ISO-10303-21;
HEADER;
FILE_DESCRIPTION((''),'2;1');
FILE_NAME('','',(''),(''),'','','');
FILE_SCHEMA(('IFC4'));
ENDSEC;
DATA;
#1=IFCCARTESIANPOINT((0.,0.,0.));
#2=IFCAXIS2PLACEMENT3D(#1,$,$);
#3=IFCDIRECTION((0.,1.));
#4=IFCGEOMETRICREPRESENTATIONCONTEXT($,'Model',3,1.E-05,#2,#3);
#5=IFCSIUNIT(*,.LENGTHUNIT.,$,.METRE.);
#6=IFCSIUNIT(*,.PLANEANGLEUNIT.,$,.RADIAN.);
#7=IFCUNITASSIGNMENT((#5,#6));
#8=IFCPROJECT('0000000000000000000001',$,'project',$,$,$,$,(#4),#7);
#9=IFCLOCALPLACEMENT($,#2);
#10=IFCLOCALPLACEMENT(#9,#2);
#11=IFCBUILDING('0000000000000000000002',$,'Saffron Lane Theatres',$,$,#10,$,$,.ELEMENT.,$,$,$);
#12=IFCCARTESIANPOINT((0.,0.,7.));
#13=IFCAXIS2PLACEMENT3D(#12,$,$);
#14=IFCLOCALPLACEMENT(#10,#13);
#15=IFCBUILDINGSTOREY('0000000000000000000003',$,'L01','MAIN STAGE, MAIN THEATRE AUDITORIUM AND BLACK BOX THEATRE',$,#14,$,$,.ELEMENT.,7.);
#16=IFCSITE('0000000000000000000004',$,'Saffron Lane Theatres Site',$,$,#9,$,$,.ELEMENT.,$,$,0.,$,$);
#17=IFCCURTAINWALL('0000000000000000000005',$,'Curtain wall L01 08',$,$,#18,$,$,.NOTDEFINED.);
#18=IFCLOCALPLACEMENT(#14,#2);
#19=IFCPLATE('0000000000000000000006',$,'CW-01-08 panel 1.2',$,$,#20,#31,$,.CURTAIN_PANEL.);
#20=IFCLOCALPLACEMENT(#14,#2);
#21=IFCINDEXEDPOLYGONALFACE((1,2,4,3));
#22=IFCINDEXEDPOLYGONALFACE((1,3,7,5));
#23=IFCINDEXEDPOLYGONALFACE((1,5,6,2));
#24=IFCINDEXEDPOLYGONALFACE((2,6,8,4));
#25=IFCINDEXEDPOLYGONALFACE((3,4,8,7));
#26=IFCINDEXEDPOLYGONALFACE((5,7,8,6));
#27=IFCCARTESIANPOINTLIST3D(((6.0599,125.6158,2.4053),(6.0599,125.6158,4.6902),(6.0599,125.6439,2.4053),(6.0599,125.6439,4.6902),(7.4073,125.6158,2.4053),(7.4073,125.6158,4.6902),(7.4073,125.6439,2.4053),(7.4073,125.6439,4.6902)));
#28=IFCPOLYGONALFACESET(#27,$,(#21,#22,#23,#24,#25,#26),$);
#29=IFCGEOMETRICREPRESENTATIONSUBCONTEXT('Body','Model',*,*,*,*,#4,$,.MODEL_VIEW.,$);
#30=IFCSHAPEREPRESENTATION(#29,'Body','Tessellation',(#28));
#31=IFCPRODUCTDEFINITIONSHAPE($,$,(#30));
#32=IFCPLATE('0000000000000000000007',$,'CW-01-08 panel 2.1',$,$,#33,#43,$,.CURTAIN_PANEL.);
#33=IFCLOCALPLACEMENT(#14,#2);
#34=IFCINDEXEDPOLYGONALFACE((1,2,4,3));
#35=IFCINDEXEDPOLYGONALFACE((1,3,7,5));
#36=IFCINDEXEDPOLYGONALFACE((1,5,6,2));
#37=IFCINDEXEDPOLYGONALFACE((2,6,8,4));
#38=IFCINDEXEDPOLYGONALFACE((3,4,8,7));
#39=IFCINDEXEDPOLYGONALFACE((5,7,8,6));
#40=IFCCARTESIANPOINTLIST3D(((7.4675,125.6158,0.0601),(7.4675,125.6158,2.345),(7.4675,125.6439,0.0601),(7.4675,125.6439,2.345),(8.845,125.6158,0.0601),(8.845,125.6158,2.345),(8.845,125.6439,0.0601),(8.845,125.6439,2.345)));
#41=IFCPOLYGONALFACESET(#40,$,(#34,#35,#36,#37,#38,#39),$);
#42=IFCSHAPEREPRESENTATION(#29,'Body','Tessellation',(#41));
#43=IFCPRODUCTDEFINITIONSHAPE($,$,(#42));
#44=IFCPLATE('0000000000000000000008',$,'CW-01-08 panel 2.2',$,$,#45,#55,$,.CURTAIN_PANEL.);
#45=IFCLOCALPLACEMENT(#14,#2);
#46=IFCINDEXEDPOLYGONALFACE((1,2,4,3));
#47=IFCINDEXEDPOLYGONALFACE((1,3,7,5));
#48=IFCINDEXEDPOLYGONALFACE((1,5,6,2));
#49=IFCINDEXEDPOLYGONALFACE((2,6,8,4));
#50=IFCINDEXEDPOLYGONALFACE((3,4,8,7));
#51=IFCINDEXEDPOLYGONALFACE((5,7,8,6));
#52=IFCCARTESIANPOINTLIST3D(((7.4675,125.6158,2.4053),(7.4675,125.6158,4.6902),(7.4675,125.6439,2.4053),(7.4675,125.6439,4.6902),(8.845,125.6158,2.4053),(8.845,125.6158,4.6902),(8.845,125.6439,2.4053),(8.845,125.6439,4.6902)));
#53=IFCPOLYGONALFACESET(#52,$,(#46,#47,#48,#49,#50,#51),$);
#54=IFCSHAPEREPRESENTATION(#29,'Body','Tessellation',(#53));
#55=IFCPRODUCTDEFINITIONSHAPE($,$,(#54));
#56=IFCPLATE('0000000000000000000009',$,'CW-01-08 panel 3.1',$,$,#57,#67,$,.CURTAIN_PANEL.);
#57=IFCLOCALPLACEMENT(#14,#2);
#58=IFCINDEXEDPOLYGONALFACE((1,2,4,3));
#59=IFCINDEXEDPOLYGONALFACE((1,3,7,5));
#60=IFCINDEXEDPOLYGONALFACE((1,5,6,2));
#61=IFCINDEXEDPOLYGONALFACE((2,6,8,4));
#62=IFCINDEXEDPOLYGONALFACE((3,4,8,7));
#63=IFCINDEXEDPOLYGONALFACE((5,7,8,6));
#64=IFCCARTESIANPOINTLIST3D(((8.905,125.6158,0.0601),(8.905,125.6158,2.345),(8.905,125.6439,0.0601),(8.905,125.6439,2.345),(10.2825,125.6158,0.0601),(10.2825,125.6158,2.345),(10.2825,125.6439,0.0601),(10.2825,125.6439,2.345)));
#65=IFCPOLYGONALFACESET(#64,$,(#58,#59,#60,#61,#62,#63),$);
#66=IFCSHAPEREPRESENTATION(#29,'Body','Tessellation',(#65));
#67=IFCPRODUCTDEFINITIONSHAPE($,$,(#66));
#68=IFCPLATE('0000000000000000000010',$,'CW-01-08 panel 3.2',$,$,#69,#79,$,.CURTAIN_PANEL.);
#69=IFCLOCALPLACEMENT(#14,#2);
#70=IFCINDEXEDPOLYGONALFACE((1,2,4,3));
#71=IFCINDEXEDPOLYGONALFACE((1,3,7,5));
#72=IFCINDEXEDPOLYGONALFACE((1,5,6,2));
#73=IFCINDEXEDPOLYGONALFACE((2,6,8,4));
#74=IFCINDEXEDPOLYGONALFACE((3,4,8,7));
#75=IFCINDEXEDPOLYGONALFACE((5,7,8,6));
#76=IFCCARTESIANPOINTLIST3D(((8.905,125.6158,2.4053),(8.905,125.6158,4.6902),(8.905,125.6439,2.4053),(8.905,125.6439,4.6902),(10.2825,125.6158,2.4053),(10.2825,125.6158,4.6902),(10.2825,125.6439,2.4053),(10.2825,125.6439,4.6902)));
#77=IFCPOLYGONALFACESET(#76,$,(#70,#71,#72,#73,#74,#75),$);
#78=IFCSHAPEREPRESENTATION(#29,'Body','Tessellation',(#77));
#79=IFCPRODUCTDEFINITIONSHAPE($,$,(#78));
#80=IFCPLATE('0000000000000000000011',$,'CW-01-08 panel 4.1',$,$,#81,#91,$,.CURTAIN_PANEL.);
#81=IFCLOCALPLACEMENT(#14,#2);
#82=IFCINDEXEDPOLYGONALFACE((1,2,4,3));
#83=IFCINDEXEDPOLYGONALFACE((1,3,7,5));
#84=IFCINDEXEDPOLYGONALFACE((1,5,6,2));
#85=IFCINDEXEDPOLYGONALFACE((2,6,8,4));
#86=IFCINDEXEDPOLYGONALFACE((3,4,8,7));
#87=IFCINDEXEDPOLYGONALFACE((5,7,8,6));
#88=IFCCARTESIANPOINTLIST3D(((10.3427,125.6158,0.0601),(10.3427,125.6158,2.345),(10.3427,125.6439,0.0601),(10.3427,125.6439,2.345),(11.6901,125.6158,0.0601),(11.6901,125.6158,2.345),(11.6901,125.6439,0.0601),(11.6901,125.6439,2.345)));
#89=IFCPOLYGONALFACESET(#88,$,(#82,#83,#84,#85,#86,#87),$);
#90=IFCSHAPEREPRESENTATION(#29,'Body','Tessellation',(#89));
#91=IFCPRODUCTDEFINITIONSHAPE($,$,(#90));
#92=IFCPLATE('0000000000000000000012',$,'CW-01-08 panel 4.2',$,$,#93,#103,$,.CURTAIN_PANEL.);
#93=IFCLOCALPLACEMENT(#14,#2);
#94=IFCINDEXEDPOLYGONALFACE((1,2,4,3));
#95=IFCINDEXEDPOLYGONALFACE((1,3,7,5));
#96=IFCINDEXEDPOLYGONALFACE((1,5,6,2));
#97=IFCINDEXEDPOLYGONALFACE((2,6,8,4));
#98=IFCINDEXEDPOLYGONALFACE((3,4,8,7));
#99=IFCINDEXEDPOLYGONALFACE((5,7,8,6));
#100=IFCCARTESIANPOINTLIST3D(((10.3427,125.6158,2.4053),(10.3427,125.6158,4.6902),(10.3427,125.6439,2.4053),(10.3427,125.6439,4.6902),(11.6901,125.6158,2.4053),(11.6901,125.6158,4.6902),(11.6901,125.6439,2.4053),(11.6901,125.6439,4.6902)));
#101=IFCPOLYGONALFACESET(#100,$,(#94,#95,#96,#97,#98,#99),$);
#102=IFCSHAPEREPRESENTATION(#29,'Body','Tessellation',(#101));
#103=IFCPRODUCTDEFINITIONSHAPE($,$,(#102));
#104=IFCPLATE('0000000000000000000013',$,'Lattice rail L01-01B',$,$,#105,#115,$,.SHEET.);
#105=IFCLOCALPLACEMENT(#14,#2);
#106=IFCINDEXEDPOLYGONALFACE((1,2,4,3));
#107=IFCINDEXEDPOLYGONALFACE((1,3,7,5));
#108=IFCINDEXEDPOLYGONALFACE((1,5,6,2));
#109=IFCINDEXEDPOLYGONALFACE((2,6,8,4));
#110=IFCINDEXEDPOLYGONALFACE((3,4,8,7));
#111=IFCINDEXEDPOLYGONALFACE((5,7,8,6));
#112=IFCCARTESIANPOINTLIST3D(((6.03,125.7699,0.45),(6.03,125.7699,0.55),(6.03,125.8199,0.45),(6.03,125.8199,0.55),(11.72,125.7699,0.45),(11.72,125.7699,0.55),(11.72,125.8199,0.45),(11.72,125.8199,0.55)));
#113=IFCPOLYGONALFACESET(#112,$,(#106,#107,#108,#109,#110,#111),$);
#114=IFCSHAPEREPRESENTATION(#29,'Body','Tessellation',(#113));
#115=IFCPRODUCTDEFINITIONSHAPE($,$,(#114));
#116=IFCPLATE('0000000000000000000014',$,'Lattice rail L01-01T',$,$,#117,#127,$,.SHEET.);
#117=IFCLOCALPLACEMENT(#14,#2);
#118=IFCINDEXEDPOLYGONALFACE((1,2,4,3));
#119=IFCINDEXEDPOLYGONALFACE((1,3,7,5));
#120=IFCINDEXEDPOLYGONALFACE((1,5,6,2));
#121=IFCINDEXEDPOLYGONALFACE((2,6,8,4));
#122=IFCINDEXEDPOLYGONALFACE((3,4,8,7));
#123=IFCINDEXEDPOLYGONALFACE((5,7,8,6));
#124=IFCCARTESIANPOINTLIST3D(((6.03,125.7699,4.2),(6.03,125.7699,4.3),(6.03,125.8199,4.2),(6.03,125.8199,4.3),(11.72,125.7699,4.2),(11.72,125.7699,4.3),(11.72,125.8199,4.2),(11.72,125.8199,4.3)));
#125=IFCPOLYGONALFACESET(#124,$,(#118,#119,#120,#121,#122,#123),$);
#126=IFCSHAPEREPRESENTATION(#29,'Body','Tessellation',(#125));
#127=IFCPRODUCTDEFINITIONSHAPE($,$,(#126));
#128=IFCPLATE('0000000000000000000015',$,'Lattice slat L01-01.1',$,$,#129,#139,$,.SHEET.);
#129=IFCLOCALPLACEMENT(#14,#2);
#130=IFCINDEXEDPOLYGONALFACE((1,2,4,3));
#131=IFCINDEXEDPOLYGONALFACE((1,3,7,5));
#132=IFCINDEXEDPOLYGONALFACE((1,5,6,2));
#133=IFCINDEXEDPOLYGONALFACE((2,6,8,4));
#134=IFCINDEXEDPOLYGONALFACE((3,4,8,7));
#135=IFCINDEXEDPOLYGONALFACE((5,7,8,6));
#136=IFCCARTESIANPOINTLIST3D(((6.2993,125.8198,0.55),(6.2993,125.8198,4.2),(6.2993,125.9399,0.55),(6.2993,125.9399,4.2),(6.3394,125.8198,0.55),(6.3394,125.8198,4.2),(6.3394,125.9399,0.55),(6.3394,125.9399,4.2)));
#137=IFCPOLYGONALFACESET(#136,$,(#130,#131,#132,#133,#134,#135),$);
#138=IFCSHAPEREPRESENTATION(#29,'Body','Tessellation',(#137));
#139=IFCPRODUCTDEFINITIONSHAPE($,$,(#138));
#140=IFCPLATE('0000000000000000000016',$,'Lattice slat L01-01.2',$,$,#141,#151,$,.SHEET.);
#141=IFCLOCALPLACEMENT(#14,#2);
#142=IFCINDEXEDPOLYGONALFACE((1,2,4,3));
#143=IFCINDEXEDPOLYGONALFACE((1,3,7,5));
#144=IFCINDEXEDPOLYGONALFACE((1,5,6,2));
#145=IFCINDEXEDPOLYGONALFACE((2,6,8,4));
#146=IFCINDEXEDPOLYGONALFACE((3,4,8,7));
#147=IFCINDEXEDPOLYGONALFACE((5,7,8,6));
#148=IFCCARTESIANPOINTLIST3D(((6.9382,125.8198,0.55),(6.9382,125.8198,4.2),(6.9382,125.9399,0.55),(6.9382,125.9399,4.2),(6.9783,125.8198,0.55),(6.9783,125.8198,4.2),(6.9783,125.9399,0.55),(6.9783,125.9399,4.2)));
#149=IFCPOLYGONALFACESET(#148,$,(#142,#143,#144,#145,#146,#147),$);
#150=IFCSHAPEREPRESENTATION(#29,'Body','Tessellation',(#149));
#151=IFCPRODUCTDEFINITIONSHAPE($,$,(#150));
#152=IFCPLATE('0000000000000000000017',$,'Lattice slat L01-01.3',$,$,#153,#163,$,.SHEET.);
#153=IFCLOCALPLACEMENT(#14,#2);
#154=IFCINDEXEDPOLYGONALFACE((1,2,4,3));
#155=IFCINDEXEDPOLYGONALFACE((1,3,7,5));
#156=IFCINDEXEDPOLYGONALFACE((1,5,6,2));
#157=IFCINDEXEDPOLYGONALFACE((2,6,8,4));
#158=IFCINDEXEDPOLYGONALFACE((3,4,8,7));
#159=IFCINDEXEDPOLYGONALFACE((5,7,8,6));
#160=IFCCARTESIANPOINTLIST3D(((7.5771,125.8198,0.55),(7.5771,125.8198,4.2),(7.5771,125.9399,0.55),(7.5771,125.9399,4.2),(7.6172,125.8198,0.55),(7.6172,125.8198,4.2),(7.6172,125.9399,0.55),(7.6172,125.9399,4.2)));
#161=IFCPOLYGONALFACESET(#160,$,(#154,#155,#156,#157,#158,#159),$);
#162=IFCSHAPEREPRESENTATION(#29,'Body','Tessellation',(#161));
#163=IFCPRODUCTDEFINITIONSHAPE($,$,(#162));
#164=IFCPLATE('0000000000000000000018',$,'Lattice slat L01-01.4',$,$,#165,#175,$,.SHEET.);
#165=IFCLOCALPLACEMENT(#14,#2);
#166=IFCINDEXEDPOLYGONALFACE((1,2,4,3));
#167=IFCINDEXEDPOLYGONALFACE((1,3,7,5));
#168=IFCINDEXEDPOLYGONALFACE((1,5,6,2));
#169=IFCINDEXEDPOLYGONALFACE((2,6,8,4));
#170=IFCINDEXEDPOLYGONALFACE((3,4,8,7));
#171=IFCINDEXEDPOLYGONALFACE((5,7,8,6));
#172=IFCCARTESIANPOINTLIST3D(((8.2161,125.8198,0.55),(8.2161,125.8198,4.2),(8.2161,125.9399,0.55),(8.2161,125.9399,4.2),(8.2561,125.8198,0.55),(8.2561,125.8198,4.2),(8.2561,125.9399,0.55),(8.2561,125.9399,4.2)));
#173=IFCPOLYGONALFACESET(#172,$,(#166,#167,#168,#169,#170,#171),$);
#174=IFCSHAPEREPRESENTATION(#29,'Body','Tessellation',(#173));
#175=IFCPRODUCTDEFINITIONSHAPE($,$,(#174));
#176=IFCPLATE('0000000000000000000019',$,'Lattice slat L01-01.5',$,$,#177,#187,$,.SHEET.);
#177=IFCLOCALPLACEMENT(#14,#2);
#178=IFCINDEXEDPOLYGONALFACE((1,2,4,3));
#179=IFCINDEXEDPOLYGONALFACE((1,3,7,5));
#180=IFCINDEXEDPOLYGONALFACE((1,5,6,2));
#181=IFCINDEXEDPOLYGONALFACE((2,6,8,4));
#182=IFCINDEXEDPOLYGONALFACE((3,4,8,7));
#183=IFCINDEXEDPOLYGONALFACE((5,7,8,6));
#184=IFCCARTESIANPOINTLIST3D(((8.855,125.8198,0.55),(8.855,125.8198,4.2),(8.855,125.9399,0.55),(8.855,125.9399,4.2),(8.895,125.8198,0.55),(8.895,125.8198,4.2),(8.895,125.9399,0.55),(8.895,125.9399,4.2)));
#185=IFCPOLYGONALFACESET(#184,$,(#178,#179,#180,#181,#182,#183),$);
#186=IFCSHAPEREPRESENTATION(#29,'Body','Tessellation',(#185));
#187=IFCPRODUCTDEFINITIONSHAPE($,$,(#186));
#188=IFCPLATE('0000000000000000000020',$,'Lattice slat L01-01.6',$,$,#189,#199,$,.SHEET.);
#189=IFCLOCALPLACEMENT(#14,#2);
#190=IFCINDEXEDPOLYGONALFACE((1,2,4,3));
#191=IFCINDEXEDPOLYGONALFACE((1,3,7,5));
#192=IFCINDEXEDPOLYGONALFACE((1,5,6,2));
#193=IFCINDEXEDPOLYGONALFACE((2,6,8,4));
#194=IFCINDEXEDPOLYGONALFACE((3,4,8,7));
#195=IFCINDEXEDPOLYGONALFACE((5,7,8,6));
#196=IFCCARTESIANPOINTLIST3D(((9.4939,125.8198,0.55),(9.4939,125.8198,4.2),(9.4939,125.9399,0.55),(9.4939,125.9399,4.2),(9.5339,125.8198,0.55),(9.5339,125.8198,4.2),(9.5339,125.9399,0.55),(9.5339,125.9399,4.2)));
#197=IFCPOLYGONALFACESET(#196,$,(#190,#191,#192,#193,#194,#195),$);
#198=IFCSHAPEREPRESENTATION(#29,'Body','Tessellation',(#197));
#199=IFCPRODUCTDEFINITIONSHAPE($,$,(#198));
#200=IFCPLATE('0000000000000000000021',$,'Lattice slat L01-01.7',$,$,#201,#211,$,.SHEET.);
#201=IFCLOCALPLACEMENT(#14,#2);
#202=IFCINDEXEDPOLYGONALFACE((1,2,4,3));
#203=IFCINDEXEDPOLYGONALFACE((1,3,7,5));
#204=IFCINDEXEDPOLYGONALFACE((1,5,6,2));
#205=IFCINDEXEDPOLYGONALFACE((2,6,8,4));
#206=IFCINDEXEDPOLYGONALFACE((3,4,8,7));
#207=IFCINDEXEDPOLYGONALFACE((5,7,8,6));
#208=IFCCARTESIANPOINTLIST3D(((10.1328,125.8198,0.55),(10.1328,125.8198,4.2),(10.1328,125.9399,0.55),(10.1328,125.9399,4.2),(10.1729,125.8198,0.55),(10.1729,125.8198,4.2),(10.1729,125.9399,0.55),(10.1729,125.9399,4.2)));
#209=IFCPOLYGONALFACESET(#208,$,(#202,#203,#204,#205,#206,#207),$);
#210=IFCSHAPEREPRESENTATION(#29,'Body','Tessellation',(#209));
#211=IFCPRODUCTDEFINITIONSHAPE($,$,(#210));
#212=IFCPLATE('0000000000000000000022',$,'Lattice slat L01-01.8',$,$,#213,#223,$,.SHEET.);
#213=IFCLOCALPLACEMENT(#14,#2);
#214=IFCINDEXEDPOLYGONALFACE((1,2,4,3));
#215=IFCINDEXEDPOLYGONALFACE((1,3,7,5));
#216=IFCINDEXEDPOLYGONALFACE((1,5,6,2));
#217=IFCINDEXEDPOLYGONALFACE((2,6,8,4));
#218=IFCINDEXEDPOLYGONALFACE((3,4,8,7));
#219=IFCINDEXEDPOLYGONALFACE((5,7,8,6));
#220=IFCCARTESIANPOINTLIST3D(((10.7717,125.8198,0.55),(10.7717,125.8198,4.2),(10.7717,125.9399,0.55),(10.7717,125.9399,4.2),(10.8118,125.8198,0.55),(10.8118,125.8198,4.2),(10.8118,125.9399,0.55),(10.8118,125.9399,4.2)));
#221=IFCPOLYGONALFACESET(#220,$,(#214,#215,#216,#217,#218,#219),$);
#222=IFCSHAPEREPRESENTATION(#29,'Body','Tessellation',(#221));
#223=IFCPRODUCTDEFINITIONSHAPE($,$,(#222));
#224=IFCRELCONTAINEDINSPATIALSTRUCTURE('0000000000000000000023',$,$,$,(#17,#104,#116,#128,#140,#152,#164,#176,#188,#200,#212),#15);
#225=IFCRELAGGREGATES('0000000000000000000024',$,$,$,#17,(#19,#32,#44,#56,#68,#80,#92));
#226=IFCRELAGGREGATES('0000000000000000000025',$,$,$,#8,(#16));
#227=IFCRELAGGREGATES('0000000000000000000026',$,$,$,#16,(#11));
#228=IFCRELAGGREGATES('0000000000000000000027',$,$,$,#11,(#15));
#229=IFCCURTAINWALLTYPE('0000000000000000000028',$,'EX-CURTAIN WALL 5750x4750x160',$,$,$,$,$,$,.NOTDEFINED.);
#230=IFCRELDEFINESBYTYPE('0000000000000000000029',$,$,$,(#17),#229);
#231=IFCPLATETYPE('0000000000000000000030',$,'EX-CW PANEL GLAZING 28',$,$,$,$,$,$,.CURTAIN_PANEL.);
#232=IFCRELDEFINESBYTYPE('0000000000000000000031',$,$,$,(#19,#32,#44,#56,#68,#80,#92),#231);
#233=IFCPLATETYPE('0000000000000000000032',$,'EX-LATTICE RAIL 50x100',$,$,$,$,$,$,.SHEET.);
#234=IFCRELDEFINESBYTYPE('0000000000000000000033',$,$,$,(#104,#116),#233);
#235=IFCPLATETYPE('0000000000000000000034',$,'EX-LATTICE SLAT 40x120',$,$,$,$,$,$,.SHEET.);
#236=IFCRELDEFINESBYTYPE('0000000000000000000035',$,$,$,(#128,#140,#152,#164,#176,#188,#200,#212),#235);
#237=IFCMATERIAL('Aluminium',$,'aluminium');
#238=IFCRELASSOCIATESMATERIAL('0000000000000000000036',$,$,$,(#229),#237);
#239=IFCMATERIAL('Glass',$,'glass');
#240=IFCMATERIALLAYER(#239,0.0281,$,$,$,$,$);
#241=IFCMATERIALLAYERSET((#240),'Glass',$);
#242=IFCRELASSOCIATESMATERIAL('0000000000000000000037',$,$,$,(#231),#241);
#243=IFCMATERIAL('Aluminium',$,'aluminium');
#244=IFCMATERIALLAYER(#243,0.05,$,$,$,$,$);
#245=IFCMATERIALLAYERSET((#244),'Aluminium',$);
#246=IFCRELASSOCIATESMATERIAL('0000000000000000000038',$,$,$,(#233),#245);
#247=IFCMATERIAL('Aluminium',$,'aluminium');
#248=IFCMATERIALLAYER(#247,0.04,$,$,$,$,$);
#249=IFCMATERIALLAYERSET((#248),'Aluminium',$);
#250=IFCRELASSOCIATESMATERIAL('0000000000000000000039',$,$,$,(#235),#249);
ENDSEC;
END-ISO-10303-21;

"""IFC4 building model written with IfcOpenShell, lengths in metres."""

from ifc_helpers import new_model, si_unit, direction, frame, origin, origin_2d, place, context, subcontext, project, spatial, rectangle, extrude, material, layer, layer_set, type_object, element, aggregate, save


model = new_model("IFC4")

# Units and contexts
model_context = context("Model", 3, precision=1e-05, world=origin(), true_north=direction((0.0, 1.0)))
body_context = subcontext(model_context, "Body", "Model", "MODEL_VIEW")
ifc_project = project(units=[si_unit("LENGTHUNIT", "METRE"), si_unit("PLANEANGLEUNIT", "RADIAN")], contexts=[model_context])

# Site, building, storey
site_placement = place(None, origin())
site = spatial("IfcSite", under=ifc_project, at=site_placement, Name="Saffron Lane Theatres Site", CompositionType="ELEMENT", RefElevation=0.0)
building_placement = place(site_placement, origin())
building = spatial("IfcBuilding", under=site, at=building_placement, Name="Saffron Lane Theatres", CompositionType="ELEMENT")
storey_placement = place(building_placement, frame((0.0, 0.0, 7.0)))
storey = spatial("IfcBuildingStorey", under=building, at=storey_placement, Name="L01", Description="MAIN STAGE, MAIN THEATRE AUDITORIUM AND BLACK BOX THEATRE", CompositionType="ELEMENT", Elevation=7.0)

# Curtain wall, plates
ifc_material_1 = material(Name="Aluminium", Category="aluminium")
curtain_wall_type = type_object("IfcCurtainWallType", Name="EX-CURTAIN WALL 5750x4750x160", PredefinedType="NOTDEFINED", material=ifc_material_1)
curtain_wall_placement = place(storey_placement, origin())
curtain_wall = element("IfcCurtainWall", 1, at=curtain_wall_placement, inside=storey, type_object=curtain_wall_type, Name="Curtain wall L01 08", PredefinedType="NOTDEFINED")
ifc_material_2 = material(Name="Glass", Category="glass")
ifc_layer_1 = layer(ifc_material_2, 0.0281)
ifc_layer_set_1 = layer_set([ifc_layer_1], Name="Glass")
plate_type_1 = type_object("IfcPlateType", Name="EX-CW PANEL GLAZING 28", PredefinedType="CURTAIN_PANEL", material=ifc_layer_set_1)
plate_1_placement = place(storey_placement, frame((6.7336, 125.6299, 2.4053), z_axis=(0.0, 0.0, 1.0), x_axis=(1.0, 0.0, 0.0)))
plate_1 = element("IfcPlate", 2, at=plate_1_placement, type_object=plate_type_1, Name="CW-01-08 panel 1.2", PredefinedType="CURTAIN_PANEL", context=body_context, shape_type="SweptSolid", body=[
    extrude(rectangle(XDim=1.3474, YDim=0.0281, at=origin_2d()), origin(), (0.0, 0.0, 1.0), 2.2849),
])
plate_2_placement = place(storey_placement, frame((8.1562, 125.6299, 0.0601), z_axis=(0.0, 0.0, 1.0), x_axis=(1.0, 0.0, 0.0)))
plate_2 = element("IfcPlate", 3, at=plate_2_placement, type_object=plate_type_1, Name="CW-01-08 panel 2.1", PredefinedType="CURTAIN_PANEL", context=body_context, shape_type="SweptSolid", body=[
    extrude(rectangle(XDim=1.3774, YDim=0.0281, at=origin_2d()), origin(), (0.0, 0.0, 1.0), 2.2849),
])
plate_3_placement = place(storey_placement, frame((8.1562, 125.6299, 2.4053), z_axis=(0.0, 0.0, 1.0), x_axis=(1.0, 0.0, 0.0)))
plate_3 = element("IfcPlate", 4, at=plate_3_placement, type_object=plate_type_1, Name="CW-01-08 panel 2.2", PredefinedType="CURTAIN_PANEL", context=body_context, shape_type="SweptSolid", body=[
    extrude(rectangle(XDim=1.3774, YDim=0.0281, at=origin_2d()), origin(), (0.0, 0.0, 1.0), 2.2849),
])
plate_4_placement = place(storey_placement, frame((9.5938, 125.6299, 0.0601), z_axis=(0.0, 0.0, 1.0), x_axis=(1.0, 0.0, 0.0)))
plate_4 = element("IfcPlate", 5, at=plate_4_placement, type_object=plate_type_1, Name="CW-01-08 panel 3.1", PredefinedType="CURTAIN_PANEL", context=body_context, shape_type="SweptSolid", body=[
    extrude(rectangle(XDim=1.3774, YDim=0.0281, at=origin_2d()), origin(), (0.0, 0.0, 1.0), 2.2849),
])
plate_5_placement = place(storey_placement, frame((9.5938, 125.6299, 2.4053), z_axis=(0.0, 0.0, 1.0), x_axis=(1.0, 0.0, 0.0)))
plate_5 = element("IfcPlate", 6, at=plate_5_placement, type_object=plate_type_1, Name="CW-01-08 panel 3.2", PredefinedType="CURTAIN_PANEL", context=body_context, shape_type="SweptSolid", body=[
    extrude(rectangle(XDim=1.3774, YDim=0.0281, at=origin_2d()), origin(), (0.0, 0.0, 1.0), 2.2849),
])
plate_6_placement = place(storey_placement, frame((11.0164, 125.6299, 0.0601), z_axis=(0.0, 0.0, 1.0), x_axis=(1.0, 0.0, 0.0)))
plate_6 = element("IfcPlate", 7, at=plate_6_placement, type_object=plate_type_1, Name="CW-01-08 panel 4.1", PredefinedType="CURTAIN_PANEL", context=body_context, shape_type="SweptSolid", body=[
    extrude(rectangle(XDim=1.3474, YDim=0.0281, at=origin_2d()), origin(), (0.0, 0.0, 1.0), 2.2849),
])
plate_7_placement = place(storey_placement, frame((11.0164, 125.6299, 2.4053), z_axis=(0.0, 0.0, 1.0), x_axis=(1.0, 0.0, 0.0)))
plate_7 = element("IfcPlate", 8, at=plate_7_placement, type_object=plate_type_1, Name="CW-01-08 panel 4.2", PredefinedType="CURTAIN_PANEL", context=body_context, shape_type="SweptSolid", body=[
    extrude(rectangle(XDim=1.3474, YDim=0.0281, at=origin_2d()), origin(), (0.0, 0.0, 1.0), 2.2849),
])
aggregate(curtain_wall, [plate_1, plate_2, plate_3, plate_4, plate_5, plate_6, plate_7])

# Plates
ifc_material_3 = material(Name="Aluminium", Category="aluminium")
ifc_layer_2 = layer(ifc_material_3, 0.05)
ifc_layer_set_2 = layer_set([ifc_layer_2], Name="Aluminium")
plate_type_2 = type_object("IfcPlateType", Name="EX-LATTICE RAIL 50x100", PredefinedType="SHEET", material=ifc_layer_set_2)
for number, where, z_axis, x_axis, name in (
    (9, (8.875, 125.7949, 0.45), (0.0, 0.0, 1.0), (1.0, 0.0, 0.0), "Lattice rail L01-01B"),
    (10, (8.875, 125.7949, 4.2), (0.0, 0.0, 1.0), (1.0, 0.0, 0.0), "Lattice rail L01-01T"),
):
    element("IfcPlate", number, at=place(storey_placement, frame(where, z_axis=z_axis, x_axis=x_axis)), inside=storey, type_object=plate_type_2, Name=name, PredefinedType="SHEET", context=body_context, shape_type="SweptSolid", body=[
        extrude(rectangle(XDim=5.6899, YDim=0.05, at=origin_2d()), origin(), (0.0, 0.0, 1.0), 0.1001),
    ])
ifc_material_4 = material(Name="Aluminium", Category="aluminium")
ifc_layer_3 = layer(ifc_material_4, 0.04)
ifc_layer_set_3 = layer_set([ifc_layer_3], Name="Aluminium")
plate_type_3 = type_object("IfcPlateType", Name="EX-LATTICE SLAT 40x120", PredefinedType="SHEET", material=ifc_layer_set_3)
for number, where, z_axis, x_axis, name in (
    (11, (6.3193, 125.8799, 0.55), (0.0, 0.0, 1.0), (1.0, 0.0, 0.0), "Lattice slat L01-01.1"),
    (12, (6.9583, 125.8799, 0.55), (0.0, 0.0, 1.0), (1.0, 0.0, 0.0), "Lattice slat L01-01.2"),
    (13, (7.5972, 125.8799, 0.55), (0.0, 0.0, 1.0), (1.0, 0.0, 0.0), "Lattice slat L01-01.3"),
    (14, (8.2361, 125.8799, 0.55), (0.0, 0.0, 1.0), (1.0, 0.0, 0.0), "Lattice slat L01-01.4"),
    (15, (8.875, 125.8799, 0.55), (0.0, 0.0, 1.0), (1.0, 0.0, 0.0), "Lattice slat L01-01.5"),
    (16, (9.5139, 125.8799, 0.55), (0.0, 0.0, 1.0), (1.0, 0.0, 0.0), "Lattice slat L01-01.6"),
    (17, (10.1528, 125.8799, 0.55), (0.0, 0.0, 1.0), (1.0, 0.0, 0.0), "Lattice slat L01-01.7"),
    (18, (10.7917, 125.8799, 0.55), (0.0, 0.0, 1.0), (1.0, 0.0, 0.0), "Lattice slat L01-01.8"),
):
    element("IfcPlate", number, at=place(storey_placement, frame(where, z_axis=z_axis, x_axis=x_axis)), inside=storey, type_object=plate_type_3, Name=name, PredefinedType="SHEET", context=body_context, shape_type="SweptSolid", body=[
        extrude(rectangle(XDim=0.04, YDim=0.1201, at=origin_2d()), origin(), (0.0, 0.0, 1.0), 3.6499),
    ])

save(model, "model.ifc")
